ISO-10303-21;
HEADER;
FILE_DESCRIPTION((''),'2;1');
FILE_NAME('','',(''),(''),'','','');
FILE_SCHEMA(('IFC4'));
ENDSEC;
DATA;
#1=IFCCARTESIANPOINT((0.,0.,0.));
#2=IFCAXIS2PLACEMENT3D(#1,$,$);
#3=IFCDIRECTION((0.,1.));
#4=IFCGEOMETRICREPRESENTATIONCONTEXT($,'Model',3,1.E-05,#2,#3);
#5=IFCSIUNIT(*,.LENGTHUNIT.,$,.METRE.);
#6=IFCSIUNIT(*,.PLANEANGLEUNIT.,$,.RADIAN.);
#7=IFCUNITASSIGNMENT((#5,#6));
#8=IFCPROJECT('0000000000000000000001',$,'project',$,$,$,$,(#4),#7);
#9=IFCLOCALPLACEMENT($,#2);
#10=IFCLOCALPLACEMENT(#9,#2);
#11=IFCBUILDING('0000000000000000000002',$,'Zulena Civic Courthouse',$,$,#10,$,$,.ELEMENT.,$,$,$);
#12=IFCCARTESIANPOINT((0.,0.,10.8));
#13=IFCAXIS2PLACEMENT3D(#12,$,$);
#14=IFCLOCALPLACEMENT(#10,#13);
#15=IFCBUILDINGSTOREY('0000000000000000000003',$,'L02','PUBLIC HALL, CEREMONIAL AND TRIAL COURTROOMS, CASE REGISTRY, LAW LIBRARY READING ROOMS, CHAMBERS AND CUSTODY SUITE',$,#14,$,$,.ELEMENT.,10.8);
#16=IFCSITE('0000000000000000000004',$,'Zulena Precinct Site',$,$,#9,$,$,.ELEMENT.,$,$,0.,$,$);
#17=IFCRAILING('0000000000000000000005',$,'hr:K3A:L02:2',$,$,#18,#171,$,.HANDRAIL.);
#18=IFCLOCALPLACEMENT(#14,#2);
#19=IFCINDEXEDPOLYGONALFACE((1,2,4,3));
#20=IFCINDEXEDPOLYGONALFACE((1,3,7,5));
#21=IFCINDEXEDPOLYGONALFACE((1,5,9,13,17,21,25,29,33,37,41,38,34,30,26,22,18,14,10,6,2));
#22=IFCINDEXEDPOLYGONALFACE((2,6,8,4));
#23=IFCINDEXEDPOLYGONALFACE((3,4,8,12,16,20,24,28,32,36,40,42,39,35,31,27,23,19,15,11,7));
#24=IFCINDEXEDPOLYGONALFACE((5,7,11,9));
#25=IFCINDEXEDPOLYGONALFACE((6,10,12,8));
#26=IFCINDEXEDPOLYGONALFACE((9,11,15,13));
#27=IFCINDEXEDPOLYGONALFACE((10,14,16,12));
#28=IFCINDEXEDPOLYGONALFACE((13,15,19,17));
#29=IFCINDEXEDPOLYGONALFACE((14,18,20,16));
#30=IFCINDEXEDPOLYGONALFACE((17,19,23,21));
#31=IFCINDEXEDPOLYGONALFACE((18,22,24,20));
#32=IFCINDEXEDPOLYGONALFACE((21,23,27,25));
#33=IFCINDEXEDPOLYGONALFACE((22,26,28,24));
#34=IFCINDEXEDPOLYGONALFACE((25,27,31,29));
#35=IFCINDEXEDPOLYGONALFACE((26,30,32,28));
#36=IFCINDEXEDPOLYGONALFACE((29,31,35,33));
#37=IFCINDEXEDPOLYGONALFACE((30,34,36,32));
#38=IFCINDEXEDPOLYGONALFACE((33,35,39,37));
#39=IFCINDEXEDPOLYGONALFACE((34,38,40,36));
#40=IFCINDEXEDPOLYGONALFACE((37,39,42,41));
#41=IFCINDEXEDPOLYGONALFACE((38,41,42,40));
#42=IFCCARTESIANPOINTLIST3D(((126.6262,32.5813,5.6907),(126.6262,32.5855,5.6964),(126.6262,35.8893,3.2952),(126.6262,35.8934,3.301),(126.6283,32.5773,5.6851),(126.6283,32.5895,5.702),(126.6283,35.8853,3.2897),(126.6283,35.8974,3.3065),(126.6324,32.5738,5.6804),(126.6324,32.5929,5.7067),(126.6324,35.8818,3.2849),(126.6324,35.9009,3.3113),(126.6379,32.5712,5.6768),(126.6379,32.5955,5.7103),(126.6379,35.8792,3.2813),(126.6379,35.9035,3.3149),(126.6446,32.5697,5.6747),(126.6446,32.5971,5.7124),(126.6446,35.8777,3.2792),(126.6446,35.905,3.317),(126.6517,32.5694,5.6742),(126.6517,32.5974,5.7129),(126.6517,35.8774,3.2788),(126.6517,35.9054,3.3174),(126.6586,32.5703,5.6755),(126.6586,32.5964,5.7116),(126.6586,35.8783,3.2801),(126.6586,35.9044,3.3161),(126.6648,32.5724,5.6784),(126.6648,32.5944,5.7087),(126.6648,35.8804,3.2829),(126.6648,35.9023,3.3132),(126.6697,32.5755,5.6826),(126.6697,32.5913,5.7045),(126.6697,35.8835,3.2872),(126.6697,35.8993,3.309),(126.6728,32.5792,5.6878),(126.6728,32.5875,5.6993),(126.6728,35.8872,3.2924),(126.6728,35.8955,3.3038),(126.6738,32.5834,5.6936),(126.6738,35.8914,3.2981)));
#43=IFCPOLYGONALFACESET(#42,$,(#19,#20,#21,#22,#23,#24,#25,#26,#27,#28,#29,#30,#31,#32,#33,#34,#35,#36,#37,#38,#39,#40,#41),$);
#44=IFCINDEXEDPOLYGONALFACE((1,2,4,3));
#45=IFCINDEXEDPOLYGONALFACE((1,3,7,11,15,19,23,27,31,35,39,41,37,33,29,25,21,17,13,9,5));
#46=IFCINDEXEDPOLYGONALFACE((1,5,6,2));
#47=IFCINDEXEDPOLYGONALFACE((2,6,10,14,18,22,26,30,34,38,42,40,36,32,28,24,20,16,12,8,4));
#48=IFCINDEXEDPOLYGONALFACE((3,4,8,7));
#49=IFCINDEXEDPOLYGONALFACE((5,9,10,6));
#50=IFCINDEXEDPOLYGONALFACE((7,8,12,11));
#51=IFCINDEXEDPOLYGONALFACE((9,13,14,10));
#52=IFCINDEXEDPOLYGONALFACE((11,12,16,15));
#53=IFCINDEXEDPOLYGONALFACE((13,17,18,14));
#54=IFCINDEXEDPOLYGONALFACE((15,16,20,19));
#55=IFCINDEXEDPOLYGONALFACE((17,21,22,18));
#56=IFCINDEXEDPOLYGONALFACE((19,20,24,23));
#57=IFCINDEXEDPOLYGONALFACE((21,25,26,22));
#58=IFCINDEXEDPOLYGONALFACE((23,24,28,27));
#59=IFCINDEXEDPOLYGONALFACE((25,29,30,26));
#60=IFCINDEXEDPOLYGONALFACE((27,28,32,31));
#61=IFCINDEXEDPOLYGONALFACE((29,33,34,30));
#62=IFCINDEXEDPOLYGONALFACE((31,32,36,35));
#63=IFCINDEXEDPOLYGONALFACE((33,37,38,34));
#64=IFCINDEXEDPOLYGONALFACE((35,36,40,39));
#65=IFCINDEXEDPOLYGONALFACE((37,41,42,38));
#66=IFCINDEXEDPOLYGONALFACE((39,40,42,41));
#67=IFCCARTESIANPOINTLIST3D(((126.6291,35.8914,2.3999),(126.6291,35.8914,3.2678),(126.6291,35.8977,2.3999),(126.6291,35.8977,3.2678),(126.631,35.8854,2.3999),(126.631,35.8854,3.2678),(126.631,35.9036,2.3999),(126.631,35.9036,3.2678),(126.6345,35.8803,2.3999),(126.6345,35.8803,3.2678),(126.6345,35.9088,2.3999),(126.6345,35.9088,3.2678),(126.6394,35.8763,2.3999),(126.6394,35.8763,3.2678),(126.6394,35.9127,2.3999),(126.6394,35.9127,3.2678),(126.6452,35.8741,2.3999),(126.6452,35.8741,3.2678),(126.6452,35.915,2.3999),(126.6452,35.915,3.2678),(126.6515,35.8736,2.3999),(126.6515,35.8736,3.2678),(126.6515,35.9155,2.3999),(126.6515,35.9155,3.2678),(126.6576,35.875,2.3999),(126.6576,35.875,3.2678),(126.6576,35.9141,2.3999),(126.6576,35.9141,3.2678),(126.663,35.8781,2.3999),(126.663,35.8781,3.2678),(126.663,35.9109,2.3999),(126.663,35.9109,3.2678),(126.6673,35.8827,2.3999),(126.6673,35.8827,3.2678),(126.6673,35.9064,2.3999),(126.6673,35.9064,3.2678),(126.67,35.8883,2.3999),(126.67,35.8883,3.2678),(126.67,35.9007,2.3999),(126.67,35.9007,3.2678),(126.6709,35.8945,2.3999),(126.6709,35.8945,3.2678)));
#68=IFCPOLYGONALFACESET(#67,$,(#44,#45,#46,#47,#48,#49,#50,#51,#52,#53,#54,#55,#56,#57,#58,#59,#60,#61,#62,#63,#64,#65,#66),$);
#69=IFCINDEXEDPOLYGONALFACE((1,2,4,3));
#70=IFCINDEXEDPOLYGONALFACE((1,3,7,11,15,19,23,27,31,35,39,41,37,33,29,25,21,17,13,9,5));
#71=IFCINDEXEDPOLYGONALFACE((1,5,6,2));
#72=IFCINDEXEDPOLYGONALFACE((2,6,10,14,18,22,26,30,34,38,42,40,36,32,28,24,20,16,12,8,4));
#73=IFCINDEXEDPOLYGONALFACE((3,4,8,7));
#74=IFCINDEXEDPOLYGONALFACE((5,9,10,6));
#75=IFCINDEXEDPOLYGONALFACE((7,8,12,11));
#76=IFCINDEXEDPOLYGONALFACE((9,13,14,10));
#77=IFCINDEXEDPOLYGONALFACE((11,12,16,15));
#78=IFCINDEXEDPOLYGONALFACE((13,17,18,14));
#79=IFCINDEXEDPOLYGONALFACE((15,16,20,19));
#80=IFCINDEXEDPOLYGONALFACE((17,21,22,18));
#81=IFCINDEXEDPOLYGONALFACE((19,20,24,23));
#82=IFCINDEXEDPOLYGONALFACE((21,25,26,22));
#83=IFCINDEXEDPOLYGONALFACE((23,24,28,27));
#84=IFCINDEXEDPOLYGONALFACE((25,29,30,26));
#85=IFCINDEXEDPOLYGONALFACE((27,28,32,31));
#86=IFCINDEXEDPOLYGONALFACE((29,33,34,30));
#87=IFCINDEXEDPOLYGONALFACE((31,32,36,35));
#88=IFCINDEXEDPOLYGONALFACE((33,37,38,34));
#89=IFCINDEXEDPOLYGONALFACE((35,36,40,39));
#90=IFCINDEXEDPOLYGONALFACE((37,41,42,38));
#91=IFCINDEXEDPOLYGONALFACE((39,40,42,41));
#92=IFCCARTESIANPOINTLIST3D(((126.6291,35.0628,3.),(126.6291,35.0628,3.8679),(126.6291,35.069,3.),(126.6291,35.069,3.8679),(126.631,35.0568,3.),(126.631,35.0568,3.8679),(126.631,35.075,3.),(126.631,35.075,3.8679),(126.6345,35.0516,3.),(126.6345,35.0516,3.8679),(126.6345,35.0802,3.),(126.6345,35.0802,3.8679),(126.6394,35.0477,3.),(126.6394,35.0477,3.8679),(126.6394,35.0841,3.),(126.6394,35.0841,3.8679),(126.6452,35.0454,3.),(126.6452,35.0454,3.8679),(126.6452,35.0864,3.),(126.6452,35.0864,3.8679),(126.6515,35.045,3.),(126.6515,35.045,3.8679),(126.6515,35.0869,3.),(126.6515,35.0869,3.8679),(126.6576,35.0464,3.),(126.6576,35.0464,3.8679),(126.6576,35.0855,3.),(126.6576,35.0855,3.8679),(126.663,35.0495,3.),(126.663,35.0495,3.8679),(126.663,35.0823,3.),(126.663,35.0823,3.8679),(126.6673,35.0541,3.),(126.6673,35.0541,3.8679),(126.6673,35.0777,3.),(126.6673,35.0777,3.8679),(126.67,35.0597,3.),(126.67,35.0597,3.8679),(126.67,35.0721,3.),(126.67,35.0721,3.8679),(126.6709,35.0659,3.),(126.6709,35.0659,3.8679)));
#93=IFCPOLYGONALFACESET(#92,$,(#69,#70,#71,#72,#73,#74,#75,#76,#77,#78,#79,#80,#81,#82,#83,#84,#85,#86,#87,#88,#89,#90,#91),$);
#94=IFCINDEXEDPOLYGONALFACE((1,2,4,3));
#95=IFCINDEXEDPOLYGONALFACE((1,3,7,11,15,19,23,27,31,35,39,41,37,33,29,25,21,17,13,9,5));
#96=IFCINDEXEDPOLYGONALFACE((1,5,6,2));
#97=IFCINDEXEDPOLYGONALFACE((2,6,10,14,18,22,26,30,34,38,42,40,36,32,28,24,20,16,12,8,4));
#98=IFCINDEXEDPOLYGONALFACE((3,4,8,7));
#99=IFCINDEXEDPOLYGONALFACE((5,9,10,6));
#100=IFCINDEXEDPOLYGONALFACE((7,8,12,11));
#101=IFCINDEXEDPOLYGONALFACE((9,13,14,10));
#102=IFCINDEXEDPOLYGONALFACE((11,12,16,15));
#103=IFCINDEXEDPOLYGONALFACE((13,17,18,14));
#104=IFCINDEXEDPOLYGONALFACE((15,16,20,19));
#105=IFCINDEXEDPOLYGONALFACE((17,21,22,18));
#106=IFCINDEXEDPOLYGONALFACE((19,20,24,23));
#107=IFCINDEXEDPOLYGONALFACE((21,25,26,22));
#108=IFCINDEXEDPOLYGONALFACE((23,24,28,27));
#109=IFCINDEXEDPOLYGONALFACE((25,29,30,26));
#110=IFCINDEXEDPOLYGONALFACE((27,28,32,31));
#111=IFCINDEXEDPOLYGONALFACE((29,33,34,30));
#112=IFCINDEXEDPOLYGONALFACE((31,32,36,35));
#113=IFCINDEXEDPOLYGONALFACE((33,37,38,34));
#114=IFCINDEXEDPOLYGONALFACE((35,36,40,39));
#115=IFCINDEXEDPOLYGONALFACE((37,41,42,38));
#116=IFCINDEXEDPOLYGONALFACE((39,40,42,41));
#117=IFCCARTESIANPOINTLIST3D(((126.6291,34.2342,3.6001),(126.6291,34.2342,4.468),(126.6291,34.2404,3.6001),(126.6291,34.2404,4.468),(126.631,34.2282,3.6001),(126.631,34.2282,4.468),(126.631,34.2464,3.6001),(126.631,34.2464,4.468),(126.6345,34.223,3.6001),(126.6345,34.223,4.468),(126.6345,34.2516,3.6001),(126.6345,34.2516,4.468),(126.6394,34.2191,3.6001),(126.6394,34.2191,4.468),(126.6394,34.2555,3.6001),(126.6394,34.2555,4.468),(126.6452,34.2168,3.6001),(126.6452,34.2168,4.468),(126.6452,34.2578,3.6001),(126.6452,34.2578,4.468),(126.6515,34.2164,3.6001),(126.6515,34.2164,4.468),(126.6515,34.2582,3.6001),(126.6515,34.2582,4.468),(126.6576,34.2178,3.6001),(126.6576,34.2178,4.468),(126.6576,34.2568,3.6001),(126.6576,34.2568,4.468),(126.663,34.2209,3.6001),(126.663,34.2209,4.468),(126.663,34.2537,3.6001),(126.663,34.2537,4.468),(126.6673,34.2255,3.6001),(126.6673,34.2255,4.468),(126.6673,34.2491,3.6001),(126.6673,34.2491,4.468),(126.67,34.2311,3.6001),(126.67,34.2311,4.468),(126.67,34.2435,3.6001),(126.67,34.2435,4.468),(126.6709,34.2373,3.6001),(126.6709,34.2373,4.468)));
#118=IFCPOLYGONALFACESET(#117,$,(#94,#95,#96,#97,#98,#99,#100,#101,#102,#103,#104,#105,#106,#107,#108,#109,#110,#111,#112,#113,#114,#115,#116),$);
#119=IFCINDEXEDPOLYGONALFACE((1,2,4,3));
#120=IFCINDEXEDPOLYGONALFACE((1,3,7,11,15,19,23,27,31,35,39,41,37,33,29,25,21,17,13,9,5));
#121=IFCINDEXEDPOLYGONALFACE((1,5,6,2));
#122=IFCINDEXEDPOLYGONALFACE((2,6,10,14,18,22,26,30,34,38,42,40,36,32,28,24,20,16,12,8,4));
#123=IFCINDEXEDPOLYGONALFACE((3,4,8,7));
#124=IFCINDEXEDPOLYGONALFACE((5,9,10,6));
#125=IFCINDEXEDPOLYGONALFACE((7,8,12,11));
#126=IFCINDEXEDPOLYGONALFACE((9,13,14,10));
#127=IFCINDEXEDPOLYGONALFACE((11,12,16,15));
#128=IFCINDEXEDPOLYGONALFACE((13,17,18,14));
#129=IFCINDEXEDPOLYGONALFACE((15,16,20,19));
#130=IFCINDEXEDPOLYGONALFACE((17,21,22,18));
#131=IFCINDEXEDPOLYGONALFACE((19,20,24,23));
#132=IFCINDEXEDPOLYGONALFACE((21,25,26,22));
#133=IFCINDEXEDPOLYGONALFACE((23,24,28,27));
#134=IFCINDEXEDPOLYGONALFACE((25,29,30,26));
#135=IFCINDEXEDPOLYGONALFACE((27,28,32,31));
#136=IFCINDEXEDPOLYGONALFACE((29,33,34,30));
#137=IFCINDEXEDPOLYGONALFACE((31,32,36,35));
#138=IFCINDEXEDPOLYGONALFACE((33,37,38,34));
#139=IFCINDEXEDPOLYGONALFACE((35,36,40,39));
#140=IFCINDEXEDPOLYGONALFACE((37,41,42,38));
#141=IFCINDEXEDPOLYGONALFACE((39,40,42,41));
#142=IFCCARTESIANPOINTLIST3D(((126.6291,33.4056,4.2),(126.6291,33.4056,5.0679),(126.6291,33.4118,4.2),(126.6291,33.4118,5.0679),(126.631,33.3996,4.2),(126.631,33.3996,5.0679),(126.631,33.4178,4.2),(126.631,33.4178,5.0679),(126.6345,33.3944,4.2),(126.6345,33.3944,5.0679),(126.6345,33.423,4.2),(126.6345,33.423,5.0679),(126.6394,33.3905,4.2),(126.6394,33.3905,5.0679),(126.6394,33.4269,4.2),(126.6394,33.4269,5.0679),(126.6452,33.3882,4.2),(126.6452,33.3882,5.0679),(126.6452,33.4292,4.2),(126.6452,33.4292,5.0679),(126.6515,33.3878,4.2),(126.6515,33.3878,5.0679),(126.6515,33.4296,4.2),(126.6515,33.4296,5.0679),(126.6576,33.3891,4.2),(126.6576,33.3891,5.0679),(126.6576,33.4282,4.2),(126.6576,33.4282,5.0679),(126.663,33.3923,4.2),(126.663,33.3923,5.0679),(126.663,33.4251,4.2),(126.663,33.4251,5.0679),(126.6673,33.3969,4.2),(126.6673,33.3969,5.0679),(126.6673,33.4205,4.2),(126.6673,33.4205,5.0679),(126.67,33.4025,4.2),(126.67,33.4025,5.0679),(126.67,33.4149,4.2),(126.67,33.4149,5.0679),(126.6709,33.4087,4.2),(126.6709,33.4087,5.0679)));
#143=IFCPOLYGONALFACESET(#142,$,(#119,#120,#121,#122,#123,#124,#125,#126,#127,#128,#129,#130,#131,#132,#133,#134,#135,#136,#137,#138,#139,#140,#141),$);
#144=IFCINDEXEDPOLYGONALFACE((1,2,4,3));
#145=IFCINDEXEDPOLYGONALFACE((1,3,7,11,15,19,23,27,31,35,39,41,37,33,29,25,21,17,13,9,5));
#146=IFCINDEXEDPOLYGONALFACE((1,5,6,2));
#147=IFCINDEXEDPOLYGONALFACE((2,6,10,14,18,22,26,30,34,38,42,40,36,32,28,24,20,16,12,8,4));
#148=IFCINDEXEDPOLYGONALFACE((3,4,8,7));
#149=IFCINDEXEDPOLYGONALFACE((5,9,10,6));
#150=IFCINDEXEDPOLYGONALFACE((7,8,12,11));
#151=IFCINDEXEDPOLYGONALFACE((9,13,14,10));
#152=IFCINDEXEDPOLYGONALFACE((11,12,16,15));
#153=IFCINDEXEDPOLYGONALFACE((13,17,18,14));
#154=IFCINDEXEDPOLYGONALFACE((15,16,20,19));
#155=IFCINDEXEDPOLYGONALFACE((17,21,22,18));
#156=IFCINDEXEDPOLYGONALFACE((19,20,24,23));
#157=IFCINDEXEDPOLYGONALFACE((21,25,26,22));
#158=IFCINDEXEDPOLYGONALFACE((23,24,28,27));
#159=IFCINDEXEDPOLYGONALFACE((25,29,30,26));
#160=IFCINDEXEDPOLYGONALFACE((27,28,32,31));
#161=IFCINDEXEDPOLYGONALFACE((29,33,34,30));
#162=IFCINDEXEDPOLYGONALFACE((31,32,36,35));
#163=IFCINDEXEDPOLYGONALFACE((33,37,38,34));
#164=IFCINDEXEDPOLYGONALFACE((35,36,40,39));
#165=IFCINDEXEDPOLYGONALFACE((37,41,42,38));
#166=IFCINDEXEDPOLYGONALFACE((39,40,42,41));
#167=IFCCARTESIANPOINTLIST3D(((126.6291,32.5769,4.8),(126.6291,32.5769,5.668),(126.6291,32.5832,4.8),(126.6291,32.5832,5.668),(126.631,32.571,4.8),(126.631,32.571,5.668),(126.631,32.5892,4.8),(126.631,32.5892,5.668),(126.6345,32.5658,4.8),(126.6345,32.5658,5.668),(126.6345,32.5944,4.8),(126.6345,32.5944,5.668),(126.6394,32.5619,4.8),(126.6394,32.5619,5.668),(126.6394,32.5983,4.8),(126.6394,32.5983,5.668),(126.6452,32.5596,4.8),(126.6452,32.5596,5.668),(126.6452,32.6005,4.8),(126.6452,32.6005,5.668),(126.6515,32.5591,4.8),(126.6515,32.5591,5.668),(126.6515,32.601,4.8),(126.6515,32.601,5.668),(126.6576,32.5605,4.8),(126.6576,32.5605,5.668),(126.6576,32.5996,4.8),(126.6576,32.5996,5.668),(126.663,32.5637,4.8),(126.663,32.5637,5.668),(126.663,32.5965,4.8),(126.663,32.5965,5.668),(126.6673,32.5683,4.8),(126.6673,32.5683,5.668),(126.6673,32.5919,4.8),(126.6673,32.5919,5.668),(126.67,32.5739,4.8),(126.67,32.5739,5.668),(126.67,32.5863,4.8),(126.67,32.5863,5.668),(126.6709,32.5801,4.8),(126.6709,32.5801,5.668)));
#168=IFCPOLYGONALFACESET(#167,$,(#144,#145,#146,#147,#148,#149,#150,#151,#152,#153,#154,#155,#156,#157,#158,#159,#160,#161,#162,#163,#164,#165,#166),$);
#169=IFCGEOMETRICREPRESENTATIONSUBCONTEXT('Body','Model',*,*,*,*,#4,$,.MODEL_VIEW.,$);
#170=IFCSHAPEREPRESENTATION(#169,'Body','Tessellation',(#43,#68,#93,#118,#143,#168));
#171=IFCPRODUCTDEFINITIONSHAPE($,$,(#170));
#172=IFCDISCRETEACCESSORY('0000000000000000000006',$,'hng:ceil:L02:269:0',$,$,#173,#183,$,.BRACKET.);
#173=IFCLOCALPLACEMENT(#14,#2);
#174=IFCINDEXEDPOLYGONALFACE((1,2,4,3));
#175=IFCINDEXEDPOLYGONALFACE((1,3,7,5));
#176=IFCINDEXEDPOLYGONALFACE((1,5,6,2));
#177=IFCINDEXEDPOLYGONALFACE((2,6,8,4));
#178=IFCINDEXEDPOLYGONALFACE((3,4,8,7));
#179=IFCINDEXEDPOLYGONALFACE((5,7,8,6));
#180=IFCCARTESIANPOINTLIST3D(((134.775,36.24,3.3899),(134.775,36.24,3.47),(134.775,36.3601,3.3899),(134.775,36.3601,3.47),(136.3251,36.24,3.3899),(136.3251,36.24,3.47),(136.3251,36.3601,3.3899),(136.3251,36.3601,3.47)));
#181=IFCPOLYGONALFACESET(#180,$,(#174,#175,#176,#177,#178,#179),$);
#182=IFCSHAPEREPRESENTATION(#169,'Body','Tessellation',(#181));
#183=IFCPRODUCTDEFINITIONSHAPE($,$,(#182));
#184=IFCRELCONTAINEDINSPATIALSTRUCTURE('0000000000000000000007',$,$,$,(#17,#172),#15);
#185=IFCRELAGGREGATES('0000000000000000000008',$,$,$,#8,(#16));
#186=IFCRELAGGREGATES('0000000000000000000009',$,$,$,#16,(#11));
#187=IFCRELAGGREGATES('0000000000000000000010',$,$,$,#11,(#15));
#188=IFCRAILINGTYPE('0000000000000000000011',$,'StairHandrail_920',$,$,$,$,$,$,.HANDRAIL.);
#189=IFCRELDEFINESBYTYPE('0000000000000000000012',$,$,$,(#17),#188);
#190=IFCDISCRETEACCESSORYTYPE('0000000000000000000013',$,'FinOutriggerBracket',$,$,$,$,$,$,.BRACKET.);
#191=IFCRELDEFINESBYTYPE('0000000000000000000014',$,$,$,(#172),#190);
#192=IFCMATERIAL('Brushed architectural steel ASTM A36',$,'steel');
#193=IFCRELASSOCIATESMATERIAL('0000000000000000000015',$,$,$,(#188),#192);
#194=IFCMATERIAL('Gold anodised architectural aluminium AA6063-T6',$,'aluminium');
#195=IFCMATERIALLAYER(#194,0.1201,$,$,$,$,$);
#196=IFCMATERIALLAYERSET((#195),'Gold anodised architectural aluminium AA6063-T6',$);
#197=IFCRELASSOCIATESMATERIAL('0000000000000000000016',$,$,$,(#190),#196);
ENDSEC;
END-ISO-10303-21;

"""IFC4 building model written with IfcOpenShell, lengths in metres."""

from ifc_helpers import new_model, si_unit, direction, frame, origin, origin_2d, place, context, subcontext, project, spatial, rectangle, circle, extrude, material, layer, layer_set, type_object, element, save


model = new_model("IFC4")

# Units and contexts
model_context = context("Model", 3, precision=1e-05, world=origin(), true_north=direction((0.0, 1.0)))
body_context = subcontext(model_context, "Body", "Model", "MODEL_VIEW")
ifc_project = project(units=[si_unit("LENGTHUNIT", "METRE"), si_unit("PLANEANGLEUNIT", "RADIAN")], contexts=[model_context])

# Site, building, storey
site_placement = place(None, origin())
site = spatial("IfcSite", under=ifc_project, at=site_placement, Name="Zulena Precinct Site", CompositionType="ELEMENT", RefElevation=0.0)
building_placement = place(site_placement, origin())
building = spatial("IfcBuilding", under=site, at=building_placement, Name="Zulena Civic Courthouse", CompositionType="ELEMENT")
storey_placement = place(building_placement, frame((0.0, 0.0, 10.8)))
storey = spatial("IfcBuildingStorey", under=building, at=storey_placement, Name="L02", Description="PUBLIC HALL, CEREMONIAL AND TRIAL COURTROOMS, CASE REGISTRY, LAW LIBRARY READING ROOMS, CHAMBERS AND CUSTODY SUITE", CompositionType="ELEMENT", Elevation=10.8)

# Railing
ifc_material_1 = material(Name="Brushed architectural steel ASTM A36", Category="steel")
railing_type_1 = type_object("IfcRailingType", Name="StairHandrail_920", PredefinedType="HANDRAIL", material=ifc_material_1)
railing_1_placement = place(storey_placement, frame((126.6499, 35.8945, 2.3999)))
element("IfcRailing", 1, at=railing_1_placement, inside=storey, type_object=railing_type_1, Name="hr:K3A:L02:2", PredefinedType="HANDRAIL", context=body_context, shape_type="SweptSolid", body=[
    extrude(circle(Radius=0.0239, at=origin_2d()), frame((0.0, -0.0032, 0.8982), z_axis=(0.0, -0.809939, 0.586514), x_axis=(1.0, 0.0, 0.0)), (0.0, 0.0, 1.0), 4.0842),
    extrude(circle(Radius=0.021, at=origin_2d()), origin(), (0.0, 0.0, 1.0), 0.8679),
    extrude(circle(Radius=0.021, at=origin_2d()), frame((0.0, -0.8286, 0.6001)), (0.0, 0.0, 1.0), 0.8679),
    extrude(circle(Radius=0.021, at=origin_2d()), frame((0.0, -1.6572, 1.2002)), (0.0, 0.0, 1.0), 0.8679),
    extrude(circle(Radius=0.021, at=origin_2d()), frame((0.0, -2.4858, 1.8)), (0.0, 0.0, 1.0), 0.8679),
    extrude(circle(Radius=0.021, at=origin_2d()), frame((0.0, -3.3145, 2.4001)), (0.0, 0.0, 1.0), 0.8679),
])

# Discrete accessory
ifc_material_2 = material(Name="Gold anodised architectural aluminium AA6063-T6", Category="aluminium")
ifc_layer_1 = layer(ifc_material_2, 0.1201)
ifc_layer_set_1 = layer_set([ifc_layer_1], Name="Gold anodised architectural aluminium AA6063-T6")
discrete_accessory_type = type_object("IfcDiscreteAccessoryType", Name="FinOutriggerBracket", PredefinedType="BRACKET", material=ifc_layer_set_1)
discrete_accessory_placement = place(storey_placement, frame((135.55, 36.3, 3.3899), z_axis=(0.0, 0.0, 1.0), x_axis=(1.0, 0.0, 0.0)))
element("IfcDiscreteAccessory", 2, at=discrete_accessory_placement, inside=storey, type_object=discrete_accessory_type, Name="hng:ceil:L02:269:0", PredefinedType="BRACKET", context=body_context, shape_type="SweptSolid", body=[
    extrude(rectangle(XDim=1.55, YDim=0.1201, at=origin_2d()), origin(), (0.0, 0.0, 1.0), 0.0801),
])

save(model, "model.ifc")
